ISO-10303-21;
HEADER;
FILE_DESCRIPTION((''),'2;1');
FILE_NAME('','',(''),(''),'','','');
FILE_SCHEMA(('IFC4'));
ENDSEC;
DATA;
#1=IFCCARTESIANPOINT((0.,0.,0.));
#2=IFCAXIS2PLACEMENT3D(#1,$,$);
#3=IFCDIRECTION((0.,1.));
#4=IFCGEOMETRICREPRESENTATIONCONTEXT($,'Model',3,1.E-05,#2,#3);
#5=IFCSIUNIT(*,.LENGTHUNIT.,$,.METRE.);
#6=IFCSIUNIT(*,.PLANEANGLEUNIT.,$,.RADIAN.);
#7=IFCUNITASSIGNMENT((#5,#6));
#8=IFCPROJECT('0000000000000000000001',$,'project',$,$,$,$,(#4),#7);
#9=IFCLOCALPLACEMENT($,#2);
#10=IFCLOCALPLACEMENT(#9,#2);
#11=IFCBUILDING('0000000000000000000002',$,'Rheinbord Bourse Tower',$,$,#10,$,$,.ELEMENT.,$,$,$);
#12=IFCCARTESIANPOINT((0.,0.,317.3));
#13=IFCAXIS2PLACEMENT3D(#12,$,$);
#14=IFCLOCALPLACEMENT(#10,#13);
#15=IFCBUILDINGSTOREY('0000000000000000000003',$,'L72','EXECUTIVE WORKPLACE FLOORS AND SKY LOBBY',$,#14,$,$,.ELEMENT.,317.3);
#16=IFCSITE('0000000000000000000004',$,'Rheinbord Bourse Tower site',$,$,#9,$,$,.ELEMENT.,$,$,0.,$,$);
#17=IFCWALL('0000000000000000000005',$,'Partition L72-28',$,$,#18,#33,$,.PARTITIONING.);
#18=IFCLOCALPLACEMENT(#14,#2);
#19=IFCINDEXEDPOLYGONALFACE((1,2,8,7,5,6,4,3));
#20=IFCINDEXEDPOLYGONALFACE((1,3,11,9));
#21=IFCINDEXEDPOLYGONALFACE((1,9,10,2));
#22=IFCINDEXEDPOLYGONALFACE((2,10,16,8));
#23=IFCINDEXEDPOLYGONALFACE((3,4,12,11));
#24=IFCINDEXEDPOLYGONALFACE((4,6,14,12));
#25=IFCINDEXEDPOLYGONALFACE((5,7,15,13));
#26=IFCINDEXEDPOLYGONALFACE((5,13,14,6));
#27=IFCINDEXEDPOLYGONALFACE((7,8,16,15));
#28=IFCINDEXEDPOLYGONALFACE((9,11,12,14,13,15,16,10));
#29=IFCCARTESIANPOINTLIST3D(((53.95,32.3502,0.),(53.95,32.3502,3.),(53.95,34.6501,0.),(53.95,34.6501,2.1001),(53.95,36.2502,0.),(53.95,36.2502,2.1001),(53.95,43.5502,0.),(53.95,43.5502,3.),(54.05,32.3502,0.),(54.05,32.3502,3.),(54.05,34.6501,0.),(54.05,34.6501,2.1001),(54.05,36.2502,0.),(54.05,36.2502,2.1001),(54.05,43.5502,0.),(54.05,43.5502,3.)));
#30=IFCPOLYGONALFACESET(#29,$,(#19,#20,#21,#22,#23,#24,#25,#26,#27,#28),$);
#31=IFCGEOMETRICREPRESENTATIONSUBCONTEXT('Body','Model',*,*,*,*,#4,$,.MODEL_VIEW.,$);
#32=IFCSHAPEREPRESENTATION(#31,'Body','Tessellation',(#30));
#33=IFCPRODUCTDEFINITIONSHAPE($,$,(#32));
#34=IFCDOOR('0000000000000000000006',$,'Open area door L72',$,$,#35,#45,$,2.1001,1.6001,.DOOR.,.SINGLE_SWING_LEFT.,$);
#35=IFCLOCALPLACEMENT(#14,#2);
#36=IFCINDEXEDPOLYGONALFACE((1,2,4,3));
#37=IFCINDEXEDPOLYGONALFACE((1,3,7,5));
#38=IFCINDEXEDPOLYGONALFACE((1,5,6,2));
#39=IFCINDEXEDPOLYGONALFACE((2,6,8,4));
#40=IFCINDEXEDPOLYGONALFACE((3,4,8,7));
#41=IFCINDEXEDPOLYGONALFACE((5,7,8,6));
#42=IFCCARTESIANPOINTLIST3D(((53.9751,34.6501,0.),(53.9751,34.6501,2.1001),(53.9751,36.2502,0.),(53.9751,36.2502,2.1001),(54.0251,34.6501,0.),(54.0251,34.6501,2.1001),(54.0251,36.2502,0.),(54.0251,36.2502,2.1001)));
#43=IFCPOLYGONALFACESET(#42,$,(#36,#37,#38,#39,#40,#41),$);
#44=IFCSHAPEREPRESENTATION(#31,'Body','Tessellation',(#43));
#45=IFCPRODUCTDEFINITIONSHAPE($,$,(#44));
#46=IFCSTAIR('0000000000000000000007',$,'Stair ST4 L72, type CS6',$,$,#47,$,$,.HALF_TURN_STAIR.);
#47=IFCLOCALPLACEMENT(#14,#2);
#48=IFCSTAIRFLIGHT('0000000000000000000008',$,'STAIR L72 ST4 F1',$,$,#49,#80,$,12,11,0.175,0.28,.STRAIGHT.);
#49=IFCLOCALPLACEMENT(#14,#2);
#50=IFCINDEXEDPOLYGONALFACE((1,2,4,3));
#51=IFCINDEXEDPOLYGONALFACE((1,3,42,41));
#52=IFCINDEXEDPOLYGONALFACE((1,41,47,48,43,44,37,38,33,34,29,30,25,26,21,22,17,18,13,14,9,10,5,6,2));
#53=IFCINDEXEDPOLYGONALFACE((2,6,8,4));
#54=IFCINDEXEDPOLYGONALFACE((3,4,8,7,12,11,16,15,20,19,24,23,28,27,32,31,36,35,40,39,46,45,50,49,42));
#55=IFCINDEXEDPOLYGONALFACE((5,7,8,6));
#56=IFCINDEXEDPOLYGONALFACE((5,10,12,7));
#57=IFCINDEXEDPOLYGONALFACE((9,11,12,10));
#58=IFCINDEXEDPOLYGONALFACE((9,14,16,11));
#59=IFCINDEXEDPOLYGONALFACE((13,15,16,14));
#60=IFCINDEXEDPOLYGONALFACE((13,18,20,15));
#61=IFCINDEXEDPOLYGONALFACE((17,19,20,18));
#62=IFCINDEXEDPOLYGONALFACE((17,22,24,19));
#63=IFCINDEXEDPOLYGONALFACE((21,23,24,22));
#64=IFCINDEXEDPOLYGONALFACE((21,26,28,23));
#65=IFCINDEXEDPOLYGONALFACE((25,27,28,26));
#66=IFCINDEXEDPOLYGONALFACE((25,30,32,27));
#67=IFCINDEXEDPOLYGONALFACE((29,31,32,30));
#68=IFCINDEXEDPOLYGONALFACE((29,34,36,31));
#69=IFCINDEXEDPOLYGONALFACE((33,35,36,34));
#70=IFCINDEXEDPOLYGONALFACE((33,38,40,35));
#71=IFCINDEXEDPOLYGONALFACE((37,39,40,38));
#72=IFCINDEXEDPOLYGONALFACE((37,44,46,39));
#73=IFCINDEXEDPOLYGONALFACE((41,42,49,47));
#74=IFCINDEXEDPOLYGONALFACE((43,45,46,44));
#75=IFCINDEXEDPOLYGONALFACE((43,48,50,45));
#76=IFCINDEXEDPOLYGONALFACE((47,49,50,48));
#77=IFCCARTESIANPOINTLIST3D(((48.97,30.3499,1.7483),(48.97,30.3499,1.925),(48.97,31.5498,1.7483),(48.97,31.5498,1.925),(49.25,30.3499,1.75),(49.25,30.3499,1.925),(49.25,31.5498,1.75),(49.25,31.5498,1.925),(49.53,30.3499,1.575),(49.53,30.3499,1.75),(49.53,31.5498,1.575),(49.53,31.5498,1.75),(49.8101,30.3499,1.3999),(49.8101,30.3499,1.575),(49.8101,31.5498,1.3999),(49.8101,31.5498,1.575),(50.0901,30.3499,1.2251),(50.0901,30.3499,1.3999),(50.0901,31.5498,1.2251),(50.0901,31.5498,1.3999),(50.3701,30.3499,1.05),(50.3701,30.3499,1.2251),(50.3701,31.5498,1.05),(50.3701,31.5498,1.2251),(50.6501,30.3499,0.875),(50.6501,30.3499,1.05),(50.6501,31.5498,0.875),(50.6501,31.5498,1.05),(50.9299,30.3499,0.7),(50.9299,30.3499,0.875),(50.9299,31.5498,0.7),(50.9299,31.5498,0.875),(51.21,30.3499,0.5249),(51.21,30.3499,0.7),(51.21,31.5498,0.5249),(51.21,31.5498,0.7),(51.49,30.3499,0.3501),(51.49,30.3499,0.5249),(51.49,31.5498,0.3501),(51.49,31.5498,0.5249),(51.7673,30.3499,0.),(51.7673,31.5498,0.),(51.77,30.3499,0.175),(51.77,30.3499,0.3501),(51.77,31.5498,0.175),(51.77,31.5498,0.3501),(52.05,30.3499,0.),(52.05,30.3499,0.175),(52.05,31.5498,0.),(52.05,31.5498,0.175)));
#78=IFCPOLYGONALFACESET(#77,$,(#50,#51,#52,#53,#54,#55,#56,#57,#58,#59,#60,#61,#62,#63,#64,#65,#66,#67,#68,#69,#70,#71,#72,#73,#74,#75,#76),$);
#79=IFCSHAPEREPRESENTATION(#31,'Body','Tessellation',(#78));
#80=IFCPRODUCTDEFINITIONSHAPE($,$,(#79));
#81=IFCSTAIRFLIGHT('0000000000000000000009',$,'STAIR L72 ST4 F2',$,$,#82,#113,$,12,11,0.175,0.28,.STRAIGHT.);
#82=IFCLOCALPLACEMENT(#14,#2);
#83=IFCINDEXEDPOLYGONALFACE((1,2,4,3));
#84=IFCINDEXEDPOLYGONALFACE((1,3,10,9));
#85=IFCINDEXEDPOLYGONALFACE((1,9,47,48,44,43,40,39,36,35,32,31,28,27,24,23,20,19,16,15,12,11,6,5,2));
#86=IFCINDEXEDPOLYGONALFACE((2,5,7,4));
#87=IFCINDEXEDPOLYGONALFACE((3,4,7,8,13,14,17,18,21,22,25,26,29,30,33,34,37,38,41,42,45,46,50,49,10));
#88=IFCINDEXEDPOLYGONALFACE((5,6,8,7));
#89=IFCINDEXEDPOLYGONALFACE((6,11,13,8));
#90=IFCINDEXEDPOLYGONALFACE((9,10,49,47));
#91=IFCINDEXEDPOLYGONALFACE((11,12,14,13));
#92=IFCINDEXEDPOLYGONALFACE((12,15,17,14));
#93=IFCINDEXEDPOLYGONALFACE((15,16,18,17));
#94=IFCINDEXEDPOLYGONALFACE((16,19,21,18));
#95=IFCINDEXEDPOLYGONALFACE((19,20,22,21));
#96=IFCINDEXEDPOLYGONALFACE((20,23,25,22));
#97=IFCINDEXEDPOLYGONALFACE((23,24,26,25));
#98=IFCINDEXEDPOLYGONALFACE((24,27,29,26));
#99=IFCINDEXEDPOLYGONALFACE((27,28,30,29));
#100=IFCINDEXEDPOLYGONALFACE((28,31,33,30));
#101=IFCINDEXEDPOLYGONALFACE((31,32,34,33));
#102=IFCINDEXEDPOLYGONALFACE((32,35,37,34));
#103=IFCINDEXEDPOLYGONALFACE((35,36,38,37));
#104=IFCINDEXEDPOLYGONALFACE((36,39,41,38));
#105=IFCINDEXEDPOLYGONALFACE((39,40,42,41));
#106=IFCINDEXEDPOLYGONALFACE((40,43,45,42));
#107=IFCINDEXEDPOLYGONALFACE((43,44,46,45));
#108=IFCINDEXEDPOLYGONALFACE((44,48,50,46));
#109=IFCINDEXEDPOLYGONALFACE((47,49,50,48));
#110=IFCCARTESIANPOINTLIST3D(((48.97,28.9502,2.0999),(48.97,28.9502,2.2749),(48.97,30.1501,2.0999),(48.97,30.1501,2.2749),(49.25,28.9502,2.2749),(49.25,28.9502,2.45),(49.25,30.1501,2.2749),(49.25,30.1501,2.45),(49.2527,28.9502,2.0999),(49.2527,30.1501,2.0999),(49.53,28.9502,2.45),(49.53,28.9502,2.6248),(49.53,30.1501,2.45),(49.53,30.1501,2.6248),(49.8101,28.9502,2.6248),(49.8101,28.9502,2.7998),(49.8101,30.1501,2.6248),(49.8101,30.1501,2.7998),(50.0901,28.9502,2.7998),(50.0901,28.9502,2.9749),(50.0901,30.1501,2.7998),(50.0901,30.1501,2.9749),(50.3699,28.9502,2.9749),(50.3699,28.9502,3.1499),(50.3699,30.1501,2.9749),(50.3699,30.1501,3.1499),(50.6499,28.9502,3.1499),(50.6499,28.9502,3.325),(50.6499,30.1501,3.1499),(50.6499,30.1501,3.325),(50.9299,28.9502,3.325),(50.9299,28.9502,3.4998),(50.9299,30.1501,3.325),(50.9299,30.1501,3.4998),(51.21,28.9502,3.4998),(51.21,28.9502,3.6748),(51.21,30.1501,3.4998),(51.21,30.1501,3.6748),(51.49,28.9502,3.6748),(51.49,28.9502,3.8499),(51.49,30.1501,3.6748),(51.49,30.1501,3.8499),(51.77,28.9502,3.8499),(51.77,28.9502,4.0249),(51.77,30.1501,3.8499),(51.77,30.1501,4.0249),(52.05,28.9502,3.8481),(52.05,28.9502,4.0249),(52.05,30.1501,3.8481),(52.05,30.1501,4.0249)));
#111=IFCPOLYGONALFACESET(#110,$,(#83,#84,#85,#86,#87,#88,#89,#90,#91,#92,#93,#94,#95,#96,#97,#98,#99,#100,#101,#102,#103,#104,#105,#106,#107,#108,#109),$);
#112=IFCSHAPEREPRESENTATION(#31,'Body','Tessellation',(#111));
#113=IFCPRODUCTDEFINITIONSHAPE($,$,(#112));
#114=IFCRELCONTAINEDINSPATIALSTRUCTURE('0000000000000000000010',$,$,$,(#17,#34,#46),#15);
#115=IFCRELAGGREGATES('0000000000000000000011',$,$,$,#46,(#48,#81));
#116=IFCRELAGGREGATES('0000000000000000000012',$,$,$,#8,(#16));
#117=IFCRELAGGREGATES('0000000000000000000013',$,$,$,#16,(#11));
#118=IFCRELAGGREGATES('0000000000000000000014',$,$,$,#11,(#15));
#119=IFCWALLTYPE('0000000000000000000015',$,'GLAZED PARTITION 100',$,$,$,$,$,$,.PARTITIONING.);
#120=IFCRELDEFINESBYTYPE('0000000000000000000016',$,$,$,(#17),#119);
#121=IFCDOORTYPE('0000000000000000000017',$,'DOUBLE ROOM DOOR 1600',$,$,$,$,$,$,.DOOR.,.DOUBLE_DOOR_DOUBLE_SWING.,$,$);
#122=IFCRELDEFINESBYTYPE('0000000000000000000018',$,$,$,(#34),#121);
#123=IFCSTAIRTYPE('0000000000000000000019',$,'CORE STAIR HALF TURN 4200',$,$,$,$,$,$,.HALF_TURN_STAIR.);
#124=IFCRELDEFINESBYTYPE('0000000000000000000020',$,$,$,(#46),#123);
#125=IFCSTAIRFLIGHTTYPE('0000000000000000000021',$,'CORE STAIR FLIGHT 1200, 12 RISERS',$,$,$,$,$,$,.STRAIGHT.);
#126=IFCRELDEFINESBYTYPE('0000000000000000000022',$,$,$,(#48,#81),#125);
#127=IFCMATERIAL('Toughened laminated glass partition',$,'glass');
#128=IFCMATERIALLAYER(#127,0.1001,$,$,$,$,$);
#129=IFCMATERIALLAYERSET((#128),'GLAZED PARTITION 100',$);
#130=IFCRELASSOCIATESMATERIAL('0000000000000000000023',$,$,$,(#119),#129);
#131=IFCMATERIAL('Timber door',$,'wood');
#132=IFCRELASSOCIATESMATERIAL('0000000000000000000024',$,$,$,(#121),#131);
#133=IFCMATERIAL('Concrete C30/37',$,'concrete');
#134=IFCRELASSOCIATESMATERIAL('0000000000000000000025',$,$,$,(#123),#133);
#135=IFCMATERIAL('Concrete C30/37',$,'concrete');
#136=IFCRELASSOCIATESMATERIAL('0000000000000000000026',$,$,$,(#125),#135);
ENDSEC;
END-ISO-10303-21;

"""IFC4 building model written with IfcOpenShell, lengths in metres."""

from ifc_helpers import new_model, si_unit, direction, frame, frame_2d, origin, place, context, subcontext, project, spatial, polyline, rectangle, outline, extrude, material, layer, layer_set, type_object, element, fill, aggregate, save


model = new_model("IFC4")

# Units and contexts
model_context = context("Model", 3, precision=1e-05, world=origin(), true_north=direction((0.0, 1.0)))
body_context = subcontext(model_context, "Body", "Model", "MODEL_VIEW")
ifc_project = project(units=[si_unit("LENGTHUNIT", "METRE"), si_unit("PLANEANGLEUNIT", "RADIAN")], contexts=[model_context])

# Site, building, storey
site_placement = place(None, origin())
site = spatial("IfcSite", under=ifc_project, at=site_placement, Name="Rheinbord Bourse Tower site", CompositionType="ELEMENT", RefElevation=0.0)
building_placement = place(site_placement, origin())
building = spatial("IfcBuilding", under=site, at=building_placement, Name="Rheinbord Bourse Tower", CompositionType="ELEMENT")
storey_placement = place(building_placement, frame((0.0, 0.0, 317.3)))
storey = spatial("IfcBuildingStorey", under=building, at=storey_placement, Name="L72", Description="EXECUTIVE WORKPLACE FLOORS AND SKY LOBBY", CompositionType="ELEMENT", Elevation=317.3)

# Shared definitions
ifc_material_1 = material(Name="Toughened laminated glass partition", Category="glass")
ifc_layer_1 = layer(ifc_material_1, 0.1001)
ifc_layer_set_1 = layer_set([ifc_layer_1], Name="GLAZED PARTITION 100")
wall_type_1 = type_object("IfcWallType", Name="GLAZED PARTITION 100", PredefinedType="PARTITIONING", material=ifc_layer_set_1)

# Wall, opening, door
wall_1_placement = place(storey_placement, frame((54.0, 32.3501, 0.0), z_axis=(0.0, 0.0, 1.0), x_axis=(0.0, 1.0, 0.0)))
wall_1 = element("IfcWall", 1, at=wall_1_placement, inside=storey, type_object=wall_type_1, Name="Partition L72-28", PredefinedType="PARTITIONING", context=body_context, shape_type="SweptSolid", body=[
    extrude(rectangle(XDim=11.2, YDim=0.1001, at=frame_2d((5.6001, 0.0))), origin(), (0.0, 0.0, 1.0), 3.0),
])
opening_1_placement = place(wall_1_placement, frame((2.3, 0.0, 0.0)))
opening_1 = element("IfcOpeningElement", 2, at=opening_1_placement, cuts=wall_1, PredefinedType="OPENING", context=body_context, shape_type="SweptSolid", body=[
    extrude(rectangle(XDim=1.6001, YDim=2.1001, at=frame_2d((0.8, 1.05))), frame((0.0, 0.0601, 0.0), z_axis=(0.0, -1.0, 0.0), x_axis=(1.0, 0.0, 0.0)), (0.0, 0.0, 1.0), 0.1201),
])
ifc_material_2 = material(Name="Timber door", Category="wood")
door_type_1 = type_object("IfcDoorType", Name="DOUBLE ROOM DOOR 1600", OperationType="DOUBLE_DOOR_DOUBLE_SWING", PredefinedType="DOOR", material=ifc_material_2)
door_1_placement = place(opening_1_placement, origin())
door_1 = element("IfcDoor", 3, at=door_1_placement, inside=storey, type_object=door_type_1, Name="Open area door L72", OperationType="SINGLE_SWING_LEFT", OverallHeight=2.1001, OverallWidth=1.6001, PredefinedType="DOOR", context=body_context, shape_type="SweptSolid", body=[
    extrude(rectangle(XDim=1.6001, YDim=2.1001, at=frame_2d((0.8, 1.05))), frame((0.0, 0.0249, 0.0), z_axis=(0.0, -1.0, 0.0), x_axis=(1.0, 0.0, 0.0)), (0.0, 0.0, 1.0), 0.05),
])
fill(opening_1, door_1)

# Stair, stair flights
ifc_material_3 = material(Name="Concrete C30/37", Category="concrete")
stair_type = type_object("IfcStairType", Name="CORE STAIR HALF TURN 4200", PredefinedType="HALF_TURN_STAIR", material=ifc_material_3)
stair_placement = place(storey_placement, origin())
stair = element("IfcStair", 4, at=stair_placement, inside=storey, type_object=stair_type, Name="Stair ST4 L72, type CS6", PredefinedType="HALF_TURN_STAIR")
ifc_material_4 = material(Name="Concrete C30/37", Category="concrete")
stair_flight_type = type_object("IfcStairFlightType", Name="CORE STAIR FLIGHT 1200, 12 RISERS", PredefinedType="STRAIGHT", material=ifc_material_4)
stair_flight_1_placement = place(storey_placement, frame((52.05, 30.95, 0.0), z_axis=(0.0, 0.0, 1.0), x_axis=(-1.0, 0.0, 0.0)))
stair_flight_1 = element("IfcStairFlight", 5, at=stair_flight_1_placement, type_object=stair_flight_type, Name="STAIR L72 ST4 F1", NumberOfRisers=12, NumberOfTreads=11, PredefinedType="STRAIGHT", RiserHeight=0.175, TreadLength=0.28, context=body_context, shape_type="SweptSolid", body=[
    extrude(outline(polyline([(0.0, 0.0), (0.0, 0.175), (0.28, 0.175), (0.28, 0.3501), (0.5601, 0.3501), (0.5601, 0.5249), (0.8401, 0.5249), (0.8401, 0.7), (1.1201, 0.7), (1.1201, 0.875), (1.3999, 0.875), (1.3999, 1.05), (1.6799, 1.05), (1.6799, 1.2251), (1.96, 1.2251), (1.96, 1.3999), (2.24, 1.3999), (2.24, 1.575), (2.52, 1.575), (2.52, 1.75), (2.8, 1.75), (2.8, 1.925), (3.0801, 1.925), (3.0801, 2.1001), (3.0801, 1.7483), (0.2827, 0.0), (0.0, 0.0)])), frame((0.0, 0.6001, 0.0), z_axis=(0.0, -1.0, 0.0), x_axis=(1.0, 0.0, 0.0)), (0.0, 0.0, 1.0), 1.2),
])
stair_flight_2_placement = place(storey_placement, frame((48.97, 29.55, 2.0999), z_axis=(0.0, 0.0, 1.0), x_axis=(1.0, 0.0, 0.0)))
stair_flight_2 = element("IfcStairFlight", 6, at=stair_flight_2_placement, type_object=stair_flight_type, Name="STAIR L72 ST4 F2", NumberOfRisers=12, NumberOfTreads=11, PredefinedType="STRAIGHT", RiserHeight=0.175, TreadLength=0.28, context=body_context, shape_type="SweptSolid", body=[
    extrude(outline(polyline([(0.0, 0.0), (0.0, 0.175), (0.28, 0.175), (0.28, 0.3501), (0.5601, 0.3501), (0.5601, 0.5249), (0.8401, 0.5249), (0.8401, 0.7), (1.1201, 0.7), (1.1201, 0.875), (1.3999, 0.875), (1.3999, 1.05), (1.6799, 1.05), (1.6799, 1.2251), (1.96, 1.2251), (1.96, 1.3999), (2.24, 1.3999), (2.24, 1.575), (2.52, 1.575), (2.52, 1.75), (2.8, 1.75), (2.8, 1.925), (3.0801, 1.925), (3.0801, 2.1001), (3.0801, 1.7483), (0.2827, 0.0), (0.0, 0.0)])), frame((0.0, 0.6001, 0.0), z_axis=(0.0, -1.0, 0.0), x_axis=(1.0, 0.0, 0.0)), (0.0, 0.0, 1.0), 1.2),
])
aggregate(stair, [stair_flight_1, stair_flight_2])

save(model, "model.ifc")
